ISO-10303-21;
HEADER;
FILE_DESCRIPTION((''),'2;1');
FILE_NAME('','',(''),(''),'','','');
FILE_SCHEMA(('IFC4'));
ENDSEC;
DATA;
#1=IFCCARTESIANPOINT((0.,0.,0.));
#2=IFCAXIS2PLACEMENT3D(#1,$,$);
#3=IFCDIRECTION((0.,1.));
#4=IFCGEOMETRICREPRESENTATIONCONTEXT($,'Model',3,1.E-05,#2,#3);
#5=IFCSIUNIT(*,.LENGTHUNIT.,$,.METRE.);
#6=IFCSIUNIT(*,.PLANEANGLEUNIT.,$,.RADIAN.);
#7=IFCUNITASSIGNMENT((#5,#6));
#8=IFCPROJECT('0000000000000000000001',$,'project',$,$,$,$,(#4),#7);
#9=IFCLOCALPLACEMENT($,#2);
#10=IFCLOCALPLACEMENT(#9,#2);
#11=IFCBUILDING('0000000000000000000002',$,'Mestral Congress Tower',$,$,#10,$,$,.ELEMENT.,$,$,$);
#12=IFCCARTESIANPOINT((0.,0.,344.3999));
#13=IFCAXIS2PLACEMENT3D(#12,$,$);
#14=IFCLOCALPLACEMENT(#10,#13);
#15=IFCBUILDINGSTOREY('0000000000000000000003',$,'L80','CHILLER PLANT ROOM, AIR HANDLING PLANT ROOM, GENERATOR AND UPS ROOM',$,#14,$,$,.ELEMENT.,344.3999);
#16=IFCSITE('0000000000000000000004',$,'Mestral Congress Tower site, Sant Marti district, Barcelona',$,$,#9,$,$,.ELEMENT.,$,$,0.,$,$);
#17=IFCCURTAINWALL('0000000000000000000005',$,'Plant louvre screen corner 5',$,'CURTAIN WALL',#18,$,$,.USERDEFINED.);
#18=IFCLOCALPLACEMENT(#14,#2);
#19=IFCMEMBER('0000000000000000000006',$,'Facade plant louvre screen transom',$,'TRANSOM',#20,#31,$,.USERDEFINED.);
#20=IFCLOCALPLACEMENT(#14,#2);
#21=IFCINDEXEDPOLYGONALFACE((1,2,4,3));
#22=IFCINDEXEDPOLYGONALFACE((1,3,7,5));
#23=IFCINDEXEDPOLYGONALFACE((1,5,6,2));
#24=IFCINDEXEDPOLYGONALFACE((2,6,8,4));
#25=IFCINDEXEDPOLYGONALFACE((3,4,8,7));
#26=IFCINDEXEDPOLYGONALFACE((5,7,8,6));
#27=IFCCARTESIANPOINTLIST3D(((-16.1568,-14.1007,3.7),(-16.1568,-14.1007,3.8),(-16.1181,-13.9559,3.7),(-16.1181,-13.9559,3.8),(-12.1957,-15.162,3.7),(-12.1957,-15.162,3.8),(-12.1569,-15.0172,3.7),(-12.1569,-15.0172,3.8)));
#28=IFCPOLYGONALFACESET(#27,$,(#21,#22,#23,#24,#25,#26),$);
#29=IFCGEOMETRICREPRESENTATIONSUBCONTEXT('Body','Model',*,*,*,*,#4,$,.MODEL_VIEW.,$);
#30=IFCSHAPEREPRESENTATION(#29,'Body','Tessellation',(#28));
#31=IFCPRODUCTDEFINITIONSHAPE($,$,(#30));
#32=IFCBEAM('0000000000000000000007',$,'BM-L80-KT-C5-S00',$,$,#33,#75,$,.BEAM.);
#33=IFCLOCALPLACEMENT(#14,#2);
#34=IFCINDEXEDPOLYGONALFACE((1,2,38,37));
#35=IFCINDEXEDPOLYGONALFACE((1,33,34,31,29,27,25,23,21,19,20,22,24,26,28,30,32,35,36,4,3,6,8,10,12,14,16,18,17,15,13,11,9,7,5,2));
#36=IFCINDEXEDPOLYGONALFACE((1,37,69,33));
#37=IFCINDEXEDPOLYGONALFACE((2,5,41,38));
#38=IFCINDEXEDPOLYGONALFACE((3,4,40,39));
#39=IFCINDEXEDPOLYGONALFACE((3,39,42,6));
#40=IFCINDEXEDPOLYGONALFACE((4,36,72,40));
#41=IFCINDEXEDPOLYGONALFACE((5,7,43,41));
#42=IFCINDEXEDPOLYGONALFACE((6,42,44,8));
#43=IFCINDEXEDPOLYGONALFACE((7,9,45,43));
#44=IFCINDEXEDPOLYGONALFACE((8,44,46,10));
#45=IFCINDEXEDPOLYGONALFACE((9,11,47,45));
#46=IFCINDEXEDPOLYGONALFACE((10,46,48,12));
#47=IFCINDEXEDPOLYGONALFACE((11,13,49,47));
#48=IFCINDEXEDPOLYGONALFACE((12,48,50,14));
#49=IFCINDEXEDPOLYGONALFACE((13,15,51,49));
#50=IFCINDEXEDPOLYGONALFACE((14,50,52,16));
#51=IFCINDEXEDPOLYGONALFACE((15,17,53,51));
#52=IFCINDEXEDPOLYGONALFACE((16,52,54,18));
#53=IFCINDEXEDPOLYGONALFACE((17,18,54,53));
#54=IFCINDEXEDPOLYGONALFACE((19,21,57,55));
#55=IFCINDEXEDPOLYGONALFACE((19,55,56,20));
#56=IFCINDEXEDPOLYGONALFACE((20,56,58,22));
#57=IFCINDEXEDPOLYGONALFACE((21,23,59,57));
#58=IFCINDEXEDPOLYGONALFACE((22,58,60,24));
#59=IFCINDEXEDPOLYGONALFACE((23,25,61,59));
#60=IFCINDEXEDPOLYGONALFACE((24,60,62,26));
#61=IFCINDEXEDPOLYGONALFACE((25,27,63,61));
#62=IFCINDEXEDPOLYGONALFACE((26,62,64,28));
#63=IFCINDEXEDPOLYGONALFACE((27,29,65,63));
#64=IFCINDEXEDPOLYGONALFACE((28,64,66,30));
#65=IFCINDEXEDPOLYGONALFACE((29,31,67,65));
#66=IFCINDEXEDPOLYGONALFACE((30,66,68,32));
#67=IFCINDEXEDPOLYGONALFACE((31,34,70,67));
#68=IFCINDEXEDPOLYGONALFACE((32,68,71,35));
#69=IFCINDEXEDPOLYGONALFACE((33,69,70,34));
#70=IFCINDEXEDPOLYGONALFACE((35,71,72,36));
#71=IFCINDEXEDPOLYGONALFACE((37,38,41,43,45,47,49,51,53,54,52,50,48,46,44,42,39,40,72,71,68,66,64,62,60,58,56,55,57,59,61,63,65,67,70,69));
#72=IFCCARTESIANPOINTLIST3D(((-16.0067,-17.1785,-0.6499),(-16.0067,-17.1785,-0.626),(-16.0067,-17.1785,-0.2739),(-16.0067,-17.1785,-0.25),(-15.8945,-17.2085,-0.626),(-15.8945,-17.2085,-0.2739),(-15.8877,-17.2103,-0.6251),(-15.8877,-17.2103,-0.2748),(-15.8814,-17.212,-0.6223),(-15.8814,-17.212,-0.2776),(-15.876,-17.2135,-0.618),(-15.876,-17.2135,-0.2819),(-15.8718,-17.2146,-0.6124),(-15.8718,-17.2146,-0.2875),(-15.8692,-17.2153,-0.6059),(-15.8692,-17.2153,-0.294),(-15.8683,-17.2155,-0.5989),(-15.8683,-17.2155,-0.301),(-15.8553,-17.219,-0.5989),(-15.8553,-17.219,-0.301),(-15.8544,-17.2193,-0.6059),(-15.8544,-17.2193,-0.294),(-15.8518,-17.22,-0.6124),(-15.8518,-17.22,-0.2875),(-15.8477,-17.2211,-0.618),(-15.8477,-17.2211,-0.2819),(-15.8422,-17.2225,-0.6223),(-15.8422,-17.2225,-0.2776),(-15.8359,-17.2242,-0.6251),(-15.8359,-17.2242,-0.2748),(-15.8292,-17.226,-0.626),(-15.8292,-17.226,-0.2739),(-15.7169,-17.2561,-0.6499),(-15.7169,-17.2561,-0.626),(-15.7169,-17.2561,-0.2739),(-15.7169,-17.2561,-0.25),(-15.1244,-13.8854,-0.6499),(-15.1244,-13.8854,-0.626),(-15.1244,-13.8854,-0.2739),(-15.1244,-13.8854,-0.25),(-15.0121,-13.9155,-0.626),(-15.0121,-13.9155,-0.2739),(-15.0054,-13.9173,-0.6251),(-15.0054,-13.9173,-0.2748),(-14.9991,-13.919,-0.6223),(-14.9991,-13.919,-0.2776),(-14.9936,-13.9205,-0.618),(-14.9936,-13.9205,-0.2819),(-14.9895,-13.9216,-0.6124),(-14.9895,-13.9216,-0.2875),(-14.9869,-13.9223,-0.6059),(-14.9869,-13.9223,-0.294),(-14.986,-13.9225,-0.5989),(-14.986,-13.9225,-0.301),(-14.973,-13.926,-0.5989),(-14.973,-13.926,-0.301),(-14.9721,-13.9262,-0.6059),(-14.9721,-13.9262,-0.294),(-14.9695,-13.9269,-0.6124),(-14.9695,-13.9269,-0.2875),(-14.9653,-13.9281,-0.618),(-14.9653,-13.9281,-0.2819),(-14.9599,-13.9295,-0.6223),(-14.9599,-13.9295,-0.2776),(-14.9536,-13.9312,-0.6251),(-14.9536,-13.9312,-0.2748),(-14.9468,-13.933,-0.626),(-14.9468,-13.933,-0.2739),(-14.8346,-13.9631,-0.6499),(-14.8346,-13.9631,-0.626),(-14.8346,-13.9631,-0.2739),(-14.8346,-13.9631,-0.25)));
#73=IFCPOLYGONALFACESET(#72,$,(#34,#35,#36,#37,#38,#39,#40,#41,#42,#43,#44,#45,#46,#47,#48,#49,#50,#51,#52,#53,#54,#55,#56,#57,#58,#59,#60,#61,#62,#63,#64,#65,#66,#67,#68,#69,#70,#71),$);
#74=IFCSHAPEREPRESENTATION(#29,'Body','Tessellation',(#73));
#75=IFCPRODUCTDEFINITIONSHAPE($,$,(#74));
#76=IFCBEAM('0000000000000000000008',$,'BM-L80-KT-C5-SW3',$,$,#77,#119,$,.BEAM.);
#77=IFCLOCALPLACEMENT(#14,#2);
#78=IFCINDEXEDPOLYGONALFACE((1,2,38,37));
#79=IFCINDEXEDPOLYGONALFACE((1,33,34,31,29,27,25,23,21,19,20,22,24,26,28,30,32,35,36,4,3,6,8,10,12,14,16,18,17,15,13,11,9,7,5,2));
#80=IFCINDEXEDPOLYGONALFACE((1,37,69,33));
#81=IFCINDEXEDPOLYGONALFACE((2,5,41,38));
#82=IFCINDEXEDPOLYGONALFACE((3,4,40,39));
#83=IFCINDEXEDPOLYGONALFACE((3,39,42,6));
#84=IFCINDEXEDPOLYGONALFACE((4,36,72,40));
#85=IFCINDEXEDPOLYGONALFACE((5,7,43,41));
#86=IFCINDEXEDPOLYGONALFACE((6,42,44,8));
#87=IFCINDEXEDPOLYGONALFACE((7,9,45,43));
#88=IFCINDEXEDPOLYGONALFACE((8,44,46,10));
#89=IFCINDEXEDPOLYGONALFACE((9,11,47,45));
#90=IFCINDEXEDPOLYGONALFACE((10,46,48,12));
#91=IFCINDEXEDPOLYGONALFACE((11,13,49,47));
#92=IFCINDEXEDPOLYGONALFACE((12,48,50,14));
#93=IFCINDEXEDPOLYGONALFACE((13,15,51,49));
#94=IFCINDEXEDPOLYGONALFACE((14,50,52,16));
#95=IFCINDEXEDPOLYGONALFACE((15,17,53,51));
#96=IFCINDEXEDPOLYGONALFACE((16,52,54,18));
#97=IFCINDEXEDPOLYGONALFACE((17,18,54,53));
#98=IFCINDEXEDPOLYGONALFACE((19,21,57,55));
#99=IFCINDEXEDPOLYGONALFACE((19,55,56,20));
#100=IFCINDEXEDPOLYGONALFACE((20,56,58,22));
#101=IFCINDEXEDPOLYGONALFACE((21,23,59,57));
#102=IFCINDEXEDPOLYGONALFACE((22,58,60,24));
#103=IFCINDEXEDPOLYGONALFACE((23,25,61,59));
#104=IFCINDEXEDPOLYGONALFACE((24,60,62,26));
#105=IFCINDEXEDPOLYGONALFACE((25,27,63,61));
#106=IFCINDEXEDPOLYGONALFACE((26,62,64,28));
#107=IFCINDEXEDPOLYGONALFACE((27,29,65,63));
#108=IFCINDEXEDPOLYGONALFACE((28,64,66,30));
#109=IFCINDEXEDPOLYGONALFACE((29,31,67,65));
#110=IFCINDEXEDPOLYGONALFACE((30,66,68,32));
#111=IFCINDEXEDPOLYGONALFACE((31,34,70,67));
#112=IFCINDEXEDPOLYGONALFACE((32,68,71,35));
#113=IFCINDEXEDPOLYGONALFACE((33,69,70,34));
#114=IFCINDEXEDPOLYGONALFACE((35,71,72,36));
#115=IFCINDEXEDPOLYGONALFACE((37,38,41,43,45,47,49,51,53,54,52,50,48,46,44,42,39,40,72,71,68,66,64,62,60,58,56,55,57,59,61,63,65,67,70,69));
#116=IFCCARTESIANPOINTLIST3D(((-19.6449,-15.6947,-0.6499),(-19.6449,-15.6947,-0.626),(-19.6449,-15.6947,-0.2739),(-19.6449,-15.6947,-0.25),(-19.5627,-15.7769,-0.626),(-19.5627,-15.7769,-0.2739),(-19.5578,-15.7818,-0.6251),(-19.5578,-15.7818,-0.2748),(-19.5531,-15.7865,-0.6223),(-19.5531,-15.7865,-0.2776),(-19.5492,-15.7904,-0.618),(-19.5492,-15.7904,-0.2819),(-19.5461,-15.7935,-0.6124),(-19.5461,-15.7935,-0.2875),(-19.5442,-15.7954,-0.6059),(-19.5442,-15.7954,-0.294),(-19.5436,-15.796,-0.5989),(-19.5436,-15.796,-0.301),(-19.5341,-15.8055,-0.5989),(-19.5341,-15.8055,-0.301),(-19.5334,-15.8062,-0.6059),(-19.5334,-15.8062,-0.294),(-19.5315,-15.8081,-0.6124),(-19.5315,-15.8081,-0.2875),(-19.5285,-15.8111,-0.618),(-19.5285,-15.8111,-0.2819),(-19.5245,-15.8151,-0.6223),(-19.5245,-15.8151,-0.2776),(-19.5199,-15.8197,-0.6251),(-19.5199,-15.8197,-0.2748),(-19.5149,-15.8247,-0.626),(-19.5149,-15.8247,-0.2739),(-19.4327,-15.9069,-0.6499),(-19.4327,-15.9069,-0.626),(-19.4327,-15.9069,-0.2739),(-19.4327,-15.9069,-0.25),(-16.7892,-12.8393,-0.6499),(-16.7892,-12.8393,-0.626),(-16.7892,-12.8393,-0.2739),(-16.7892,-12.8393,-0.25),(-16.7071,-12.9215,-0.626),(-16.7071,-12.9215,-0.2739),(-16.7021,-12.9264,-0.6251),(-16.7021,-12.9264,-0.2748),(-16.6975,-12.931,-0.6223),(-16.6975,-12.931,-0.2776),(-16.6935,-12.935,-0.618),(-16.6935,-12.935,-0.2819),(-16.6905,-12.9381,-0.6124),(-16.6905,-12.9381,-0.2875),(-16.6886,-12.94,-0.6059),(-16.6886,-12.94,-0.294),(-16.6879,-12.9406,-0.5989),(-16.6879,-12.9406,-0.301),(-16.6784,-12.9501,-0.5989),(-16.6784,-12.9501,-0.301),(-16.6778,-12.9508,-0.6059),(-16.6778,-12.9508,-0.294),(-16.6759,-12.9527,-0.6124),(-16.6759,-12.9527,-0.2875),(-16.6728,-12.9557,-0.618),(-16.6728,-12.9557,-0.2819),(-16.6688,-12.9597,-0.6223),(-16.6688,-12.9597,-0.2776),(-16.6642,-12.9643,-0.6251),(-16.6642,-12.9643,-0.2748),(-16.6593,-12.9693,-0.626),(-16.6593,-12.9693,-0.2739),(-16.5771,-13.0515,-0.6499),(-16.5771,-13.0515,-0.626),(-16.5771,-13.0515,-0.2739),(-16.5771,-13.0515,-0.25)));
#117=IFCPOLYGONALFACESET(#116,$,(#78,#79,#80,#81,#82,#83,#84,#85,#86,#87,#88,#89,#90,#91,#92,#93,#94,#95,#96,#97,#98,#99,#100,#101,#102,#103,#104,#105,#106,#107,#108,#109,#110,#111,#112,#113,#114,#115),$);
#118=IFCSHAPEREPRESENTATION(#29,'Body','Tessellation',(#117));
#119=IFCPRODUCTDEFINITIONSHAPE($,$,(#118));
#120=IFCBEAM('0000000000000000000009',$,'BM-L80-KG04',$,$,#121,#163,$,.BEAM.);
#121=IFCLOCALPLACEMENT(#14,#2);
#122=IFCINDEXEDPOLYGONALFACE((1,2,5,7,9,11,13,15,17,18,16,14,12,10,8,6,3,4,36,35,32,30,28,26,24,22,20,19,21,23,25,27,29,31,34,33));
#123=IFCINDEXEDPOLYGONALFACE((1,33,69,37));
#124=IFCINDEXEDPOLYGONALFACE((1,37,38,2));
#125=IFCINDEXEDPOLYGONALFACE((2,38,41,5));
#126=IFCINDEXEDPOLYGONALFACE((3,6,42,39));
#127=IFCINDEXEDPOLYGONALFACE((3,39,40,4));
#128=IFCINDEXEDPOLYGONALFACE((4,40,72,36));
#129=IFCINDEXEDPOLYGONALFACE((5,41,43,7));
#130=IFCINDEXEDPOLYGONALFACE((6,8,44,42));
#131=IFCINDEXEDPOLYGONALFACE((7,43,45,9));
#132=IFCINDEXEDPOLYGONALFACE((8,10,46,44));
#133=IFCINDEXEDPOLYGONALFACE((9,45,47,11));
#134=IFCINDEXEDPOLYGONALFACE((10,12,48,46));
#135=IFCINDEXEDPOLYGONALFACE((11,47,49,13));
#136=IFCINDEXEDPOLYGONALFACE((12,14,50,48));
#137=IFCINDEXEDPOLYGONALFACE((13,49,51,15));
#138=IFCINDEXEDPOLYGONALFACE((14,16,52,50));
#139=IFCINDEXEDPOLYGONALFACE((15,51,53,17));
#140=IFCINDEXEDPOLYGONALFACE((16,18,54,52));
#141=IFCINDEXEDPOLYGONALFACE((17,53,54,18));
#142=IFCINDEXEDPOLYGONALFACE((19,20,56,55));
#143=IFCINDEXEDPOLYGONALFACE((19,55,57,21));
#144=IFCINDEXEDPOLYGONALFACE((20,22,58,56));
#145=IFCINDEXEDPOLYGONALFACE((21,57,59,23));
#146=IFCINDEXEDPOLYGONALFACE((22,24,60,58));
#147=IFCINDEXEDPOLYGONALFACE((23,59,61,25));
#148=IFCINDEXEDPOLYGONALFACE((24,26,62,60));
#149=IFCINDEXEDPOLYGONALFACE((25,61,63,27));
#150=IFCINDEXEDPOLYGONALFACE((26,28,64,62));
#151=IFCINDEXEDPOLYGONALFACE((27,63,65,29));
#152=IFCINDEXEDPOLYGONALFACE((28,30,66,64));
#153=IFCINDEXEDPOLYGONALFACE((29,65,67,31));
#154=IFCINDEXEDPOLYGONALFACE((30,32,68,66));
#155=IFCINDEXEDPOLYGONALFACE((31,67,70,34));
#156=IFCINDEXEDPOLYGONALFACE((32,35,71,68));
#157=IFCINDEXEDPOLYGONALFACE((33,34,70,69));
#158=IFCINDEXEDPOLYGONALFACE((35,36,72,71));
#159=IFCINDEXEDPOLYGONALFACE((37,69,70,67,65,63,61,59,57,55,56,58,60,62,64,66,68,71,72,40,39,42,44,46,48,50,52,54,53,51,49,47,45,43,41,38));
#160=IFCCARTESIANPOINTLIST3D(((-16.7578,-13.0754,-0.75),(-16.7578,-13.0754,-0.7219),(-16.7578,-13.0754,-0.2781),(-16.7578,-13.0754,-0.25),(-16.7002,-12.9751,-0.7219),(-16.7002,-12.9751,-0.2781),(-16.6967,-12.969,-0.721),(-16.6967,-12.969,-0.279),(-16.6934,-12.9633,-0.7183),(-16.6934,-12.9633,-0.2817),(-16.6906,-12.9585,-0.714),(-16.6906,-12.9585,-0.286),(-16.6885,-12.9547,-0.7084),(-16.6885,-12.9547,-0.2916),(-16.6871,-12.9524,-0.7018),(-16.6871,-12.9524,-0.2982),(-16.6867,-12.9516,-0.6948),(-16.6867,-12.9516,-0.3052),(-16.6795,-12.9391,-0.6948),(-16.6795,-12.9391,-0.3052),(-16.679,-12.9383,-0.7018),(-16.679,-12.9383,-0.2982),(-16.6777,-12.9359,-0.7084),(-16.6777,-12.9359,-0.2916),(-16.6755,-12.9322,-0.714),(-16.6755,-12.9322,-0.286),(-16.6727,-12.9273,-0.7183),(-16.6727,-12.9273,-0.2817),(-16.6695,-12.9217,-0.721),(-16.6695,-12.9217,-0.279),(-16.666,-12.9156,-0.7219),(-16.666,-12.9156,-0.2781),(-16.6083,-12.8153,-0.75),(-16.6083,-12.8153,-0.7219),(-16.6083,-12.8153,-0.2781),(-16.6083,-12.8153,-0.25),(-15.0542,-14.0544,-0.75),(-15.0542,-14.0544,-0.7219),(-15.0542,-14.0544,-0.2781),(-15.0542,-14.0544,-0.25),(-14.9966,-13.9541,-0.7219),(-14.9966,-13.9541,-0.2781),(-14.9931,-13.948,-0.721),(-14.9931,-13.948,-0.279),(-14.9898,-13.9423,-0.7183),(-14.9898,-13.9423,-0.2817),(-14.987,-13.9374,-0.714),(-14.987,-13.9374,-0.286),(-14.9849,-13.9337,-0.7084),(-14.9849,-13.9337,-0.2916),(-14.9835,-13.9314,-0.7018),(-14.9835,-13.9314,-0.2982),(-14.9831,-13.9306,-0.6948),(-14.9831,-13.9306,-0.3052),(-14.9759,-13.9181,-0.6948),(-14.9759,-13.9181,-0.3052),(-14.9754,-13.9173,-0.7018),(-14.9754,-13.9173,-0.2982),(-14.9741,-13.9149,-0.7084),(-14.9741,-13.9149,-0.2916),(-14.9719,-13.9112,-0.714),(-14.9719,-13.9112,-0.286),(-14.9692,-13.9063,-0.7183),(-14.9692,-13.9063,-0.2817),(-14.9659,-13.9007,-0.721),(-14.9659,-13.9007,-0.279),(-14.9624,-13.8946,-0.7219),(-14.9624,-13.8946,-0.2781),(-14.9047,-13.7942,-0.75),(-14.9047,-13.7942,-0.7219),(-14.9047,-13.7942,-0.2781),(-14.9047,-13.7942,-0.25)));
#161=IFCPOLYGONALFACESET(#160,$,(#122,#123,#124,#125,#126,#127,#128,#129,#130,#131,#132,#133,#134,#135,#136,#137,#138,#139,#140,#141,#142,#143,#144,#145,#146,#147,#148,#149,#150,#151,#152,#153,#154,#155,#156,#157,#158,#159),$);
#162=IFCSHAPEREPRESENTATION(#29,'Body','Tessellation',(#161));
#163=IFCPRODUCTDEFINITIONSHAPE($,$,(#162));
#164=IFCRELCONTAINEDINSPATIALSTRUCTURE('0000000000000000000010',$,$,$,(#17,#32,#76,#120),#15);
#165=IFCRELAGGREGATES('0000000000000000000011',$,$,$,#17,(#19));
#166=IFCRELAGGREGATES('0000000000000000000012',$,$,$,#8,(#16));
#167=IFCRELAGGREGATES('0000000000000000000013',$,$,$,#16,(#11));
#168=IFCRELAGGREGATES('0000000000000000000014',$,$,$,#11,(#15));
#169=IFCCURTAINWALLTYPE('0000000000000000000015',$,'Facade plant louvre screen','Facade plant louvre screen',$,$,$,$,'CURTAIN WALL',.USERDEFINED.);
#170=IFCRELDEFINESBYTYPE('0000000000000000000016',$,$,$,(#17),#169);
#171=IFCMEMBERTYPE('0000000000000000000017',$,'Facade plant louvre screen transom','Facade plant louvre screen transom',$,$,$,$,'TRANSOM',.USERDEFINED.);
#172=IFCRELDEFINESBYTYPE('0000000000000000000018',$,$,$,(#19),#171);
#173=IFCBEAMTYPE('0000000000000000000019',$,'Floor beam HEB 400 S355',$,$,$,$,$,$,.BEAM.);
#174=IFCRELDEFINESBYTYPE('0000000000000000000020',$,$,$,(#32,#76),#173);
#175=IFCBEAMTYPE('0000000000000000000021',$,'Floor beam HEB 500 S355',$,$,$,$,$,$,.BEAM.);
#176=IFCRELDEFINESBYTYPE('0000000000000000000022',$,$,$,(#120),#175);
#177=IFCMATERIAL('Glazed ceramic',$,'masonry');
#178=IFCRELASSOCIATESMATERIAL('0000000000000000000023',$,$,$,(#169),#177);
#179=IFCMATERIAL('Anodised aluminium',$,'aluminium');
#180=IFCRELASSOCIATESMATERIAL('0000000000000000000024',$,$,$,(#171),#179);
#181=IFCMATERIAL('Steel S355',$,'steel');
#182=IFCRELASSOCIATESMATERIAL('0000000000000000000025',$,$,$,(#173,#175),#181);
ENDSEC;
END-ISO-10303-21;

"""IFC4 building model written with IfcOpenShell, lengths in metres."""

from ifc_helpers import new_model, si_unit, direction, frame, origin, origin_2d, place, context, subcontext, project, spatial, rectangle, i_section, extrude, material, material_profile, profile_set, type_object, element, aggregate, save


model = new_model("IFC4")

# Units and contexts
model_context = context("Model", 3, precision=1e-05, world=origin(), true_north=direction((0.0, 1.0)))
body_context = subcontext(model_context, "Body", "Model", "MODEL_VIEW")
ifc_project = project(units=[si_unit("LENGTHUNIT", "METRE"), si_unit("PLANEANGLEUNIT", "RADIAN")], contexts=[model_context])

# Site, building, storey
site_placement = place(None, origin())
site = spatial("IfcSite", under=ifc_project, at=site_placement, Name="Mestral Congress Tower site, Sant Marti district, Barcelona", CompositionType="ELEMENT", RefElevation=0.0)
building_placement = place(site_placement, origin())
building = spatial("IfcBuilding", under=site, at=building_placement, Name="Mestral Congress Tower", CompositionType="ELEMENT")
storey_placement = place(building_placement, frame((0.0, 0.0, 344.3999)))
storey = spatial("IfcBuildingStorey", under=building, at=storey_placement, Name="L80", Description="CHILLER PLANT ROOM, AIR HANDLING PLANT ROOM, GENERATOR AND UPS ROOM", CompositionType="ELEMENT", Elevation=344.3999)

# Shared definitions
ifc_material_1 = material(Name="Steel S355", Category="steel")

# Curtain wall, member
ifc_material_2 = material(Name="Glazed ceramic", Category="masonry")
curtain_wall_type = type_object("IfcCurtainWallType", Name="Facade plant louvre screen", Description="Facade plant louvre screen", ElementType="CURTAIN WALL", PredefinedType="USERDEFINED", material=ifc_material_2)
curtain_wall_placement = place(storey_placement, origin())
curtain_wall = element("IfcCurtainWall", 1, at=curtain_wall_placement, inside=storey, type_object=curtain_wall_type, Name="Plant louvre screen corner 5", ObjectType="CURTAIN WALL", PredefinedType="USERDEFINED")
ifc_material_3 = material(Name="Anodised aluminium", Category="aluminium")
ifc_material_profile_1 = material_profile(ifc_material_3, rectangle(XDim=0.1499, YDim=0.1001, at=origin_2d()), Name="CW6 transom 150 x 100")
ifc_profile_set_1 = profile_set([ifc_material_profile_1], Name="Anodised aluminium")
member_type_1 = type_object("IfcMemberType", Name="Facade plant louvre screen transom", Description="Facade plant louvre screen transom", ElementType="TRANSOM", PredefinedType="USERDEFINED", material=ifc_profile_set_1)
member_1_placement = place(storey_placement, frame((-16.1375, -14.0283, 3.75), z_axis=(0.965933, -0.258793, 0.0), x_axis=(0.258793, 0.965933, 0.0)))
member_1 = element("IfcMember", 2, at=member_1_placement, type_object=member_type_1, Name="Facade plant louvre screen transom", ObjectType="TRANSOM", PredefinedType="USERDEFINED", context=body_context, shape_type="SweptSolid", body=[
    extrude(rectangle(XDim=0.1499, YDim=0.1001, at=origin_2d()), origin(), (0.0, 0.0, 1.0), 4.1008),
])

# Beams
ifc_material_profile_2 = material_profile(ifc_material_1, i_section(OverallWidth=0.3, OverallDepth=0.3999, WebThickness=0.0134, FlangeThickness=0.0239, FilletRadius=0.0271, at=origin_2d()), Name="HEB 400")
ifc_profile_set_2 = profile_set([ifc_material_profile_2], Name="Steel S355")
beam_type_1 = type_object("IfcBeamType", Name="Floor beam HEB 400 S355", PredefinedType="BEAM", material=ifc_profile_set_2)
beam_1_placement = place(storey_placement, frame((-15.8618, -17.2173, -0.45), z_axis=(0.258812, 0.965928, 0.0), x_axis=(-0.965928, 0.258812, 0.0)))
element("IfcBeam", 3, at=beam_1_placement, inside=storey, type_object=beam_type_1, Name="BM-L80-KT-C5-S00", PredefinedType="BEAM", context=body_context, shape_type="SweptSolid", body=[
    extrude(i_section(OverallWidth=0.3, OverallDepth=0.3999, WebThickness=0.0134, FlangeThickness=0.0239, FilletRadius=0.0271, at=origin_2d()), origin(), (0.0, 0.0, 1.0), 3.4092),
])
beam_2_placement = place(storey_placement, frame((-19.5388, -15.8008, -0.45), z_axis=(0.707137, 0.707077, 0.0), x_axis=(-0.707077, 0.707137, 0.0)))
element("IfcBeam", 4, at=beam_2_placement, inside=storey, type_object=beam_type_1, Name="BM-L80-KT-C5-SW3", PredefinedType="BEAM", context=body_context, shape_type="SweptSolid", body=[
    extrude(i_section(OverallWidth=0.3, OverallDepth=0.3999, WebThickness=0.0134, FlangeThickness=0.0239, FilletRadius=0.0271, at=origin_2d()), origin(), (0.0, 0.0, 1.0), 4.0383),
])
ifc_material_profile_3 = material_profile(ifc_material_1, i_section(OverallWidth=0.3, OverallDepth=0.5, WebThickness=0.0144, FlangeThickness=0.0281, FilletRadius=0.0271, at=origin_2d()), Name="HEB 500")
ifc_profile_set_3 = profile_set([ifc_material_profile_3], Name="Steel S355")
beam_type_2 = type_object("IfcBeamType", Name="Floor beam HEB 500 S355", PredefinedType="BEAM", material=ifc_profile_set_3)
beam_3_placement = place(storey_placement, frame((-14.9795, -13.9243, -0.5), z_axis=(-0.867032, 0.498252, 0.0), x_axis=(-0.498252, -0.867032, 0.0)))
element("IfcBeam", 5, at=beam_3_placement, inside=storey, type_object=beam_type_2, Name="BM-L80-KG04", PredefinedType="BEAM", context=body_context, shape_type="SweptSolid", body=[
    extrude(i_section(OverallWidth=0.3, OverallDepth=0.5, WebThickness=0.0144, FlangeThickness=0.0281, FilletRadius=0.0271, at=origin_2d()), origin(), (0.0, 0.0, 1.0), 1.9648),
])

aggregate(curtain_wall, [member_1])

save(model, "model.ifc")
